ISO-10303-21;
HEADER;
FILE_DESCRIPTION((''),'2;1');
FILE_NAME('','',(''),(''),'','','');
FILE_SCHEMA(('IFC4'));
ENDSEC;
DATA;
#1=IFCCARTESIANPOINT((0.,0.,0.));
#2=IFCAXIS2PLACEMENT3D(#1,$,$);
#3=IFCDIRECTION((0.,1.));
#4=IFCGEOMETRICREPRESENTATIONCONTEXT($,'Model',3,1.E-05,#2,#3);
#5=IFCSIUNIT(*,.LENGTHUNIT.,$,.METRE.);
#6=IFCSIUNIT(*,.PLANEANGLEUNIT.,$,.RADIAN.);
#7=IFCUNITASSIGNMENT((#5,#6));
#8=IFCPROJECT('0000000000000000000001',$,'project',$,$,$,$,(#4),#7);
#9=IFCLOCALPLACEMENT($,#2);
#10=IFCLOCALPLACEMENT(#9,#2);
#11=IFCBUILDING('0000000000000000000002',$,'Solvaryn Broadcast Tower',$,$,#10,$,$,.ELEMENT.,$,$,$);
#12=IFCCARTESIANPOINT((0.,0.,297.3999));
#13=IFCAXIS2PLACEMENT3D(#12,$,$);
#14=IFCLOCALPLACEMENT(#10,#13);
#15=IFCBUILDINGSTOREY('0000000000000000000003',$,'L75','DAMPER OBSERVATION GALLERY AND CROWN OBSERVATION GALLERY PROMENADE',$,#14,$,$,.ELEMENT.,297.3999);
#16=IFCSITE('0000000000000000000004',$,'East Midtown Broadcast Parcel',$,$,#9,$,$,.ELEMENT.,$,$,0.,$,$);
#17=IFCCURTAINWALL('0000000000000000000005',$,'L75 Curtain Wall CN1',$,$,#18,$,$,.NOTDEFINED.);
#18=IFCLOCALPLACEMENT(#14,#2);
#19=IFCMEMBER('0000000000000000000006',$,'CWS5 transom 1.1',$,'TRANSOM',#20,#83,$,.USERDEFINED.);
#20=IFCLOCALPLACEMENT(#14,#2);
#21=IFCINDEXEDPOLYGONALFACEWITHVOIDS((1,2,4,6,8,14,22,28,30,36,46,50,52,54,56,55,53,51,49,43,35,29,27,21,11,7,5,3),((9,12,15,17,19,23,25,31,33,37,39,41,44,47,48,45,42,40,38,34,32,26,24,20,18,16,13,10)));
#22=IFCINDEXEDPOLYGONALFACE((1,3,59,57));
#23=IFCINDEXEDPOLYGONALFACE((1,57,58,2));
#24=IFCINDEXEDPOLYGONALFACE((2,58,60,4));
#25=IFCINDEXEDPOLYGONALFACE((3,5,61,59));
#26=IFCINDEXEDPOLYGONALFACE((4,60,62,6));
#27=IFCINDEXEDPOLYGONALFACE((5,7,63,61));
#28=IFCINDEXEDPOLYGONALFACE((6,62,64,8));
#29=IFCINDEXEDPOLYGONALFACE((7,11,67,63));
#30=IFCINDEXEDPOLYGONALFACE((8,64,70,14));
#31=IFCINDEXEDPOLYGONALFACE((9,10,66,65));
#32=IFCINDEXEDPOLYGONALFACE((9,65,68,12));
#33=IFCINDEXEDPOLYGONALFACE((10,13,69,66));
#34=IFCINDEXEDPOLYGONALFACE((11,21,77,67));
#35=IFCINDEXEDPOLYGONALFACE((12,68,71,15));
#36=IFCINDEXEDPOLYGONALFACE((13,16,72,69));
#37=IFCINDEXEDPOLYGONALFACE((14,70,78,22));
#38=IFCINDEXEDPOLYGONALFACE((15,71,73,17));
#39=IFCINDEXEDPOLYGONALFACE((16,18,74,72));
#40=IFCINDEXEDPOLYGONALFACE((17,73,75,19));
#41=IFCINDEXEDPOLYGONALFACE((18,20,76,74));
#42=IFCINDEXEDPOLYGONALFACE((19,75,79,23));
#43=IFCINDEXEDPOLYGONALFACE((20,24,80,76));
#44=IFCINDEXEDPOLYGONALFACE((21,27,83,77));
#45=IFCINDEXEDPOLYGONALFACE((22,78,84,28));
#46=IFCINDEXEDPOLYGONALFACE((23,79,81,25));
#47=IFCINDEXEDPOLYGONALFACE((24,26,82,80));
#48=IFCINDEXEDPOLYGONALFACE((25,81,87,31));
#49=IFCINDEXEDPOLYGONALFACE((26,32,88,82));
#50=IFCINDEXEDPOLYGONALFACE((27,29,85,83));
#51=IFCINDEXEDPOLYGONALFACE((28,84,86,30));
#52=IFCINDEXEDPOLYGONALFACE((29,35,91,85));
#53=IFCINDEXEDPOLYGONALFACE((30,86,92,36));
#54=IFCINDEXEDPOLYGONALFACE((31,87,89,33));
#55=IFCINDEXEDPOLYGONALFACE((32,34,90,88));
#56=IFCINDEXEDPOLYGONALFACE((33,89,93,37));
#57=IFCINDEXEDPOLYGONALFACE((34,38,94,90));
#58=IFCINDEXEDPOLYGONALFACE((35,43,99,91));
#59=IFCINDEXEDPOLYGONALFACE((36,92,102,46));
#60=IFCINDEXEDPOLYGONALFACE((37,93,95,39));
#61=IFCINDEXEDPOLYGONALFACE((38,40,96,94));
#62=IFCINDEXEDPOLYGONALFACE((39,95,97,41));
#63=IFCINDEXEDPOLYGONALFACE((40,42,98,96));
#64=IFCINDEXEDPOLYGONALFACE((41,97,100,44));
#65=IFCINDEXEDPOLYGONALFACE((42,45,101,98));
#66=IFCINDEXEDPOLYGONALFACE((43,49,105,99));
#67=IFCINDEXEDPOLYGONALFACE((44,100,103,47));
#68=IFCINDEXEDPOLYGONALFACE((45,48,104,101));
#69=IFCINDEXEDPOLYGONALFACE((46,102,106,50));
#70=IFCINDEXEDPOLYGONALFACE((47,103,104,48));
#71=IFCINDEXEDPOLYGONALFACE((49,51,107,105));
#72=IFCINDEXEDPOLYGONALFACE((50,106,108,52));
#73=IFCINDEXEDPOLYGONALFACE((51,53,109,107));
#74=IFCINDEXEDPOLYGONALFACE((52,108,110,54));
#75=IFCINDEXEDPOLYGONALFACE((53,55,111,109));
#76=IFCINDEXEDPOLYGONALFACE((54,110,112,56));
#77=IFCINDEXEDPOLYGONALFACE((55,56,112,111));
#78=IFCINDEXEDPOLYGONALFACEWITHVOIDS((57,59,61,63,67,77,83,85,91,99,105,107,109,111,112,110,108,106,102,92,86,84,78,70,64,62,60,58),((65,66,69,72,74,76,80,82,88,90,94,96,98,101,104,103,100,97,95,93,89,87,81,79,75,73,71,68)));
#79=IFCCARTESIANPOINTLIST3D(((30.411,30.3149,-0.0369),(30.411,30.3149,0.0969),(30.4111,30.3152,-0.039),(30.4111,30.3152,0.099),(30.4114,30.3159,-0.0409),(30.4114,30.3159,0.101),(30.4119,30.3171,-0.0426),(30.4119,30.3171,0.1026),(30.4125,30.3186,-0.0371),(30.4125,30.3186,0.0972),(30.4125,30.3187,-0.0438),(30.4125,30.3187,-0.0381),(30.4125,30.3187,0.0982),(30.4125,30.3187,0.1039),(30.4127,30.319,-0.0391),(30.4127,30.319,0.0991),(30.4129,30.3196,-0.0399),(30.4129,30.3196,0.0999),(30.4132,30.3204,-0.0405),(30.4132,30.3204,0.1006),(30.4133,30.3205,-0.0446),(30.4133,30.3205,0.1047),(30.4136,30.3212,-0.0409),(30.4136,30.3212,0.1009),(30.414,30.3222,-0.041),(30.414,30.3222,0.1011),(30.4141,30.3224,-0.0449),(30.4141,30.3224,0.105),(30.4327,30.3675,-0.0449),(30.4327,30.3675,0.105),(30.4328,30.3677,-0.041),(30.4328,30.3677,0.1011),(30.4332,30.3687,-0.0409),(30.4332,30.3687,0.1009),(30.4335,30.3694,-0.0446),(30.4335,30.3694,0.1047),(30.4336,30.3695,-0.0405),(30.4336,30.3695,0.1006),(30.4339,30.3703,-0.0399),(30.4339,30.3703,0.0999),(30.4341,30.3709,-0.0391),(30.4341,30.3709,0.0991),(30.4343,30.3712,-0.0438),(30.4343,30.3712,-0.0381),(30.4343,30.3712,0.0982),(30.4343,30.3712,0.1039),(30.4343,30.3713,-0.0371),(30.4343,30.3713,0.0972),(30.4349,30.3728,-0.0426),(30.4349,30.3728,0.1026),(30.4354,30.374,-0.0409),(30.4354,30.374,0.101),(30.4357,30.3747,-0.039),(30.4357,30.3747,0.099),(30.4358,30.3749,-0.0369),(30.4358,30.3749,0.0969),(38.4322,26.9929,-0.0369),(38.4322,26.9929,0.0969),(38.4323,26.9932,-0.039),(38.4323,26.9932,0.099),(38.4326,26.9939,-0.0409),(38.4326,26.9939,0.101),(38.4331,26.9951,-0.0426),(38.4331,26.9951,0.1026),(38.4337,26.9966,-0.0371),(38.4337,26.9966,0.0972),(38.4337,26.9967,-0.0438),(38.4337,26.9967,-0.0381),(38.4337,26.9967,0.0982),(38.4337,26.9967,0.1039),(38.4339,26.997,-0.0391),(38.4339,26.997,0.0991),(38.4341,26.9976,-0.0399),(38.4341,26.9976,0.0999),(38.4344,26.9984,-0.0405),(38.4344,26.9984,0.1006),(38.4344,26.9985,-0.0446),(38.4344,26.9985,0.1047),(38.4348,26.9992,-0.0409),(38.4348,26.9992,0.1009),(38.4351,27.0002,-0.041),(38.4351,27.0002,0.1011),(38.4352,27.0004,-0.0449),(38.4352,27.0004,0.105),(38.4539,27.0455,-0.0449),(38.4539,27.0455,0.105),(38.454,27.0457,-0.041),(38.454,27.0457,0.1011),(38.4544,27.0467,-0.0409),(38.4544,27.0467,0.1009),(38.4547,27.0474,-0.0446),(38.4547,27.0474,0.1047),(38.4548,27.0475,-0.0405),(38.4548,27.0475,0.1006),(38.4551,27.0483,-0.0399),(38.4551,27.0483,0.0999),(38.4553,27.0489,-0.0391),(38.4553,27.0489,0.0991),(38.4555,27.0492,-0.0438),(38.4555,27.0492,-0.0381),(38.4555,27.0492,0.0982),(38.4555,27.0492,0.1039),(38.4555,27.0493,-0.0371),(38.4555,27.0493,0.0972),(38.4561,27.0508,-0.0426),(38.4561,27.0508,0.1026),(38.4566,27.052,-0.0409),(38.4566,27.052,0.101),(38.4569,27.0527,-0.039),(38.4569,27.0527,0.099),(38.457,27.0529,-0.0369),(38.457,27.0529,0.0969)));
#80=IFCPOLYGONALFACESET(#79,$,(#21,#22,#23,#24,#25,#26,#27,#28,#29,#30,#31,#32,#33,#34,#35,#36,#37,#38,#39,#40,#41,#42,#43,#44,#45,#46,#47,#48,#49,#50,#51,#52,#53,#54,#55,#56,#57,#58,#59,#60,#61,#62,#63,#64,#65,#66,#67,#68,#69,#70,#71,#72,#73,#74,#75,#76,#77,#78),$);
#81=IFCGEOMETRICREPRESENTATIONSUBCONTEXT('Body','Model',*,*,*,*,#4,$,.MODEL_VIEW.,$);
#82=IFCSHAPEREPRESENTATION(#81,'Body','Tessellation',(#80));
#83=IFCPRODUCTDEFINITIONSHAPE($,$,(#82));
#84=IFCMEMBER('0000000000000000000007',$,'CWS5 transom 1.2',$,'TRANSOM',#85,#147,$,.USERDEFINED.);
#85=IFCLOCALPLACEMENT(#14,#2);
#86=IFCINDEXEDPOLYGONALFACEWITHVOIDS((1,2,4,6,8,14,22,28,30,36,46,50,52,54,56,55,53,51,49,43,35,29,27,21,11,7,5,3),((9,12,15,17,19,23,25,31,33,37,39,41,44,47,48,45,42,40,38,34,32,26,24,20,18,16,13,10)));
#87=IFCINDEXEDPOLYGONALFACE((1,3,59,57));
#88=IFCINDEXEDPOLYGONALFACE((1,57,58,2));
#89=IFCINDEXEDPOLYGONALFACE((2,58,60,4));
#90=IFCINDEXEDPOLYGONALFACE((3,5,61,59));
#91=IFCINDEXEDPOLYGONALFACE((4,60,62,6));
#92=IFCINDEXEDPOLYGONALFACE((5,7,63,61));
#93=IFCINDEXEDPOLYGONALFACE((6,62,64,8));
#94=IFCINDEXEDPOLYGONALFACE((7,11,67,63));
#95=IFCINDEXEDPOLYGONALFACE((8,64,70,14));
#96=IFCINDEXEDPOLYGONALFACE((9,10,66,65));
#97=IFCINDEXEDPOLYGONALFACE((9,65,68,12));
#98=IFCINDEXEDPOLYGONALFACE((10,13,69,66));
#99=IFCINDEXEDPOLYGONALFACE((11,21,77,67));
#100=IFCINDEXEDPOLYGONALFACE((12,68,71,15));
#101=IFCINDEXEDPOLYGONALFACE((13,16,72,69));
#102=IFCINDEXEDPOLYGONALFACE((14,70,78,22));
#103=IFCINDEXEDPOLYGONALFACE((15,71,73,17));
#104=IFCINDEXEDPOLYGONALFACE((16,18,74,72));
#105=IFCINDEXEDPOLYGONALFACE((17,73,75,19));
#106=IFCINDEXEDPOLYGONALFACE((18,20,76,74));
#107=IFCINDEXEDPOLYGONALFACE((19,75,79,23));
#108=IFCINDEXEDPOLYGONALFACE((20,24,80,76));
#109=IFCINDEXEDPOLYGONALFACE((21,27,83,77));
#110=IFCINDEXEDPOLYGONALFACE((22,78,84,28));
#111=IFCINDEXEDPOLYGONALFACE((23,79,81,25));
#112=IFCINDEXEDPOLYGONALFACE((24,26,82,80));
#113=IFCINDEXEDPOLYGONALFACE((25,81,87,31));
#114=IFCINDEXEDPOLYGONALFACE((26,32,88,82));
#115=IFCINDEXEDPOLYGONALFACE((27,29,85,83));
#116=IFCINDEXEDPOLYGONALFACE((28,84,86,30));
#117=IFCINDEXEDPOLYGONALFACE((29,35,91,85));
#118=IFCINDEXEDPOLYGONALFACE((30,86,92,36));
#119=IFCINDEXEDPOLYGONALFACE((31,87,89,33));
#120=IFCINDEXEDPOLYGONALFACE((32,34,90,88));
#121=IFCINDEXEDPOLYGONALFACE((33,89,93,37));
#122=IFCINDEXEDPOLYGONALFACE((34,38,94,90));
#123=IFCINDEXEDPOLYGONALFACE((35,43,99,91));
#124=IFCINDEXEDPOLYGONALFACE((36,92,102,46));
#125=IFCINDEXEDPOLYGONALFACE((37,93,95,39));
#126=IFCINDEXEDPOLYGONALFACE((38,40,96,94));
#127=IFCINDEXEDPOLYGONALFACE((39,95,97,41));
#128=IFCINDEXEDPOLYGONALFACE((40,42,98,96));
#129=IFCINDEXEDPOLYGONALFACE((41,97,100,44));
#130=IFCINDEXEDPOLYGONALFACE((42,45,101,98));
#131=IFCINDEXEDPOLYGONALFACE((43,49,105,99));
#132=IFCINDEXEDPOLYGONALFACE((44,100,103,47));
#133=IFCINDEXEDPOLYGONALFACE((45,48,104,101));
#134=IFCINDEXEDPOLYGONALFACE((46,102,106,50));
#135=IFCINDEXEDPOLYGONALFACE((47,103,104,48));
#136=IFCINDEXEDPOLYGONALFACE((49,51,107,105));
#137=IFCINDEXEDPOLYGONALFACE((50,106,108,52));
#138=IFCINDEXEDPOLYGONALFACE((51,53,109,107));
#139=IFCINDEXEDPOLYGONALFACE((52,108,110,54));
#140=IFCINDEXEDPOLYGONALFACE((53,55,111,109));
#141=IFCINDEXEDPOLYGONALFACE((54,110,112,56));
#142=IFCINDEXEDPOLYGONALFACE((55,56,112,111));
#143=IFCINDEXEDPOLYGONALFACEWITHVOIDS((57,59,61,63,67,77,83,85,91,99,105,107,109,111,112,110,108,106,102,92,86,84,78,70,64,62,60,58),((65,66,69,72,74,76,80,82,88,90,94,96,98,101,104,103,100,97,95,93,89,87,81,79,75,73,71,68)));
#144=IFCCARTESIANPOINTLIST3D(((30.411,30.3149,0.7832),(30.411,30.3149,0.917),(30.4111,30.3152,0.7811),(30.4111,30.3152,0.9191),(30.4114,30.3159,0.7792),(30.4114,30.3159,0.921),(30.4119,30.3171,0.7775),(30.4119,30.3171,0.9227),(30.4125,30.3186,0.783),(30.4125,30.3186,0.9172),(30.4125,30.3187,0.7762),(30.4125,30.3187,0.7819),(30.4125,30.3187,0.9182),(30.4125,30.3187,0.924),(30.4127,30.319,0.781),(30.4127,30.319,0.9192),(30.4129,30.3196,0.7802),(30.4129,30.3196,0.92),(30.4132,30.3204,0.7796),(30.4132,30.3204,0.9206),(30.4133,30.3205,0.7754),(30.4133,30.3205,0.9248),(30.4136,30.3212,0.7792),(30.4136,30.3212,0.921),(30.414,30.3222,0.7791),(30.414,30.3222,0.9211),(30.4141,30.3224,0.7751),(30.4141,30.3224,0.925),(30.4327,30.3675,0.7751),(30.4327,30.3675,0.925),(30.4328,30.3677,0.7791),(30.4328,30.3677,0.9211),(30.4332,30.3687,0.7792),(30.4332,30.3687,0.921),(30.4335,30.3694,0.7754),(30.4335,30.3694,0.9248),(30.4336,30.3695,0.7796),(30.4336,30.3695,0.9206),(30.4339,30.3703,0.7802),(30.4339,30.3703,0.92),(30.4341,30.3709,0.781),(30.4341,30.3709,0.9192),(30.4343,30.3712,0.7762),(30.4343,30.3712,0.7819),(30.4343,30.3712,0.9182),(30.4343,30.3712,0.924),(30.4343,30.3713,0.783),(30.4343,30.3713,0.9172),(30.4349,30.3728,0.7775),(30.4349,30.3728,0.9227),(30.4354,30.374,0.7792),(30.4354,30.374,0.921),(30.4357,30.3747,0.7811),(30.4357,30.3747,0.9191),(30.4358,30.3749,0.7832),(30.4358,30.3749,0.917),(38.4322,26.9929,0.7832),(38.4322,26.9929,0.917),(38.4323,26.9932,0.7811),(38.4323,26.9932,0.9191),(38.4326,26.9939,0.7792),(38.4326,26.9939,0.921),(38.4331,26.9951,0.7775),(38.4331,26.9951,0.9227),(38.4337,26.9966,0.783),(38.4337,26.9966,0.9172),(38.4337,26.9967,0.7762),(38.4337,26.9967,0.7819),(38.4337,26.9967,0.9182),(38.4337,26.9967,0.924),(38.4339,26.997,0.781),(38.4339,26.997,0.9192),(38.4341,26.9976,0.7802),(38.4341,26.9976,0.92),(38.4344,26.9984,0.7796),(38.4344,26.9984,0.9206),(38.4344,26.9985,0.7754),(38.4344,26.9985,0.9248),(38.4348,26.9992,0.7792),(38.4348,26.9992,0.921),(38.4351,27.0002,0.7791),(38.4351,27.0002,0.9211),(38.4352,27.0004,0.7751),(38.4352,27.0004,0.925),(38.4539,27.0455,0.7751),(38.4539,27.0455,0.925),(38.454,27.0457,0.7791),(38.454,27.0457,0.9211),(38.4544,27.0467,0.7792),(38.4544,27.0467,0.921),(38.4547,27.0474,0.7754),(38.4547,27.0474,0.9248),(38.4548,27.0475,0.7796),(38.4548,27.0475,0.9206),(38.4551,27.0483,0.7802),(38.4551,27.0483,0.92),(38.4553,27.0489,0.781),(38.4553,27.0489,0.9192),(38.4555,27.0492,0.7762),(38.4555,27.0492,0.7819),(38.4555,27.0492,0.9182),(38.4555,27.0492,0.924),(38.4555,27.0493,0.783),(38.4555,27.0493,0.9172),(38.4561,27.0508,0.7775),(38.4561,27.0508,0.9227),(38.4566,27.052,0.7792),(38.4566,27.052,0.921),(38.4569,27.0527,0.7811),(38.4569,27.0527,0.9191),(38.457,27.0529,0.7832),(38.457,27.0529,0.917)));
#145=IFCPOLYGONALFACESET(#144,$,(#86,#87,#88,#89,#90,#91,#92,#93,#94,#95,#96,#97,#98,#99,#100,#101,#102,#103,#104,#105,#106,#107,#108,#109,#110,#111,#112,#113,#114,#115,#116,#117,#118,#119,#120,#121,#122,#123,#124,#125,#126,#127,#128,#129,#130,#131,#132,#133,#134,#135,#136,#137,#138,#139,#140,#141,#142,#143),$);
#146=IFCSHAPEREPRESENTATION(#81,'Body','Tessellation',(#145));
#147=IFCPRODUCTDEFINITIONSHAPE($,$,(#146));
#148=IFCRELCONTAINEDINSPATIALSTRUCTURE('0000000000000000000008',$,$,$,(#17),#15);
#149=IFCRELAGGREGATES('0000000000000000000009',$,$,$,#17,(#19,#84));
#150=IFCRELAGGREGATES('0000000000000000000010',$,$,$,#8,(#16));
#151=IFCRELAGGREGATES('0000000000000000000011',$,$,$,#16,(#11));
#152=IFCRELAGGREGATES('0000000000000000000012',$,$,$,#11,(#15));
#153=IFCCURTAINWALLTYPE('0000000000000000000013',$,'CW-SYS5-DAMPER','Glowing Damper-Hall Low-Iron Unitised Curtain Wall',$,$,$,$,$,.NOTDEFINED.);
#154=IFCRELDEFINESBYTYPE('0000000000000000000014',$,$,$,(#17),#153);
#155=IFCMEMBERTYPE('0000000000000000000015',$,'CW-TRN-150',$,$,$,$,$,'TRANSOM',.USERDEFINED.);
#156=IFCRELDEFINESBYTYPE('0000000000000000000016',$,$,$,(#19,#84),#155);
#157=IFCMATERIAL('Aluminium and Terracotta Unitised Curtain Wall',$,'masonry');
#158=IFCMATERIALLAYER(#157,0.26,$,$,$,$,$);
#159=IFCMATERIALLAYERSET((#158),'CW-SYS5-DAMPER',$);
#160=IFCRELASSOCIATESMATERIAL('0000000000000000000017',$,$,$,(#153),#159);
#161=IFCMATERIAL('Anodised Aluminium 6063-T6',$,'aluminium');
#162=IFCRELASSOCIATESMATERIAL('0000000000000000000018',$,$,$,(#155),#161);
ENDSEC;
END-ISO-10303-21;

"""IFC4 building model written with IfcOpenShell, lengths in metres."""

from ifc_helpers import new_model, si_unit, direction, frame, origin, origin_2d, place, context, subcontext, project, spatial, hollow_rectangle, extrude, material, layer, layer_set, material_profile, profile_set, type_object, element, aggregate, save


model = new_model("IFC4")

# Units and contexts
model_context = context("Model", 3, precision=1e-05, world=origin(), true_north=direction((0.0, 1.0)))
body_context = subcontext(model_context, "Body", "Model", "MODEL_VIEW")
ifc_project = project(units=[si_unit("LENGTHUNIT", "METRE"), si_unit("PLANEANGLEUNIT", "RADIAN")], contexts=[model_context])

# Site, building, storey
site_placement = place(None, origin())
site = spatial("IfcSite", under=ifc_project, at=site_placement, Name="East Midtown Broadcast Parcel", CompositionType="ELEMENT", RefElevation=0.0)
building_placement = place(site_placement, origin())
building = spatial("IfcBuilding", under=site, at=building_placement, Name="Solvaryn Broadcast Tower", CompositionType="ELEMENT")
storey_placement = place(building_placement, frame((0.0, 0.0, 297.3999)))
storey = spatial("IfcBuildingStorey", under=building, at=storey_placement, Name="L75", Description="DAMPER OBSERVATION GALLERY AND CROWN OBSERVATION GALLERY PROMENADE", CompositionType="ELEMENT", Elevation=297.3999)

# Shared definitions
ifc_material_1 = material(Name="Aluminium and Terracotta Unitised Curtain Wall", Category="masonry")
ifc_layer_1 = layer(ifc_material_1, 0.26)
ifc_layer_set_1 = layer_set([ifc_layer_1], Name="CW-SYS5-DAMPER")
curtain_wall_type = type_object("IfcCurtainWallType", Name="CW-SYS5-DAMPER", Description="Glowing Damper-Hall Low-Iron Unitised Curtain Wall", PredefinedType="NOTDEFINED", material=ifc_layer_set_1)

# Curtain wall
curtain_wall_1_placement = place(storey_placement, origin())
curtain_wall_1 = element("IfcCurtainWall", 1, at=curtain_wall_1_placement, inside=storey, type_object=curtain_wall_type, Name="L75 Curtain Wall CN1", PredefinedType="NOTDEFINED")

# Members
ifc_material_2 = material(Name="Anodised Aluminium 6063-T6", Category="aluminium")
ifc_material_profile_1 = material_profile(ifc_material_2, hollow_rectangle(XDim=0.0649, YDim=0.1499, WallThickness=0.0039, InnerFilletRadius=0.0039, OuterFilletRadius=0.0081, at=origin_2d()))
ifc_profile_set_1 = profile_set([ifc_material_profile_1], Name="Anodised Aluminium 6063-T6")
member_type_1 = type_object("IfcMemberType", Name="CW-TRN-150", ElementType="TRANSOM", PredefinedType="USERDEFINED", material=ifc_profile_set_1)
member_1_placement = place(storey_placement, frame((38.4446, 27.0229, 0.03), z_axis=(-0.923899, 0.382636, 0.0), x_axis=(-0.382636, -0.923899, 0.0)))
member_1 = element("IfcMember", 2, at=member_1_placement, type_object=member_type_1, Name="CWS5 transom 1.1", ObjectType="TRANSOM", PredefinedType="USERDEFINED", context=body_context, shape_type="SweptSolid", body=[
    extrude(hollow_rectangle(XDim=0.0649, YDim=0.1499, WallThickness=0.0039, InnerFilletRadius=0.0039, OuterFilletRadius=0.0081, at=origin_2d()), origin(), (0.0, 0.0, 1.0), 8.6819),
])
member_2_placement = place(storey_placement, frame((38.4446, 27.0229, 0.8501), z_axis=(-0.923899, 0.382636, 0.0), x_axis=(-0.382636, -0.923899, 0.0)))
member_2 = element("IfcMember", 3, at=member_2_placement, type_object=member_type_1, Name="CWS5 transom 1.2", ObjectType="TRANSOM", PredefinedType="USERDEFINED", context=body_context, shape_type="SweptSolid", body=[
    extrude(hollow_rectangle(XDim=0.0649, YDim=0.1499, WallThickness=0.0039, InnerFilletRadius=0.0039, OuterFilletRadius=0.0081, at=origin_2d()), origin(), (0.0, 0.0, 1.0), 8.6819),
])

aggregate(curtain_wall_1, [member_1, member_2])

save(model, "model.ifc")
